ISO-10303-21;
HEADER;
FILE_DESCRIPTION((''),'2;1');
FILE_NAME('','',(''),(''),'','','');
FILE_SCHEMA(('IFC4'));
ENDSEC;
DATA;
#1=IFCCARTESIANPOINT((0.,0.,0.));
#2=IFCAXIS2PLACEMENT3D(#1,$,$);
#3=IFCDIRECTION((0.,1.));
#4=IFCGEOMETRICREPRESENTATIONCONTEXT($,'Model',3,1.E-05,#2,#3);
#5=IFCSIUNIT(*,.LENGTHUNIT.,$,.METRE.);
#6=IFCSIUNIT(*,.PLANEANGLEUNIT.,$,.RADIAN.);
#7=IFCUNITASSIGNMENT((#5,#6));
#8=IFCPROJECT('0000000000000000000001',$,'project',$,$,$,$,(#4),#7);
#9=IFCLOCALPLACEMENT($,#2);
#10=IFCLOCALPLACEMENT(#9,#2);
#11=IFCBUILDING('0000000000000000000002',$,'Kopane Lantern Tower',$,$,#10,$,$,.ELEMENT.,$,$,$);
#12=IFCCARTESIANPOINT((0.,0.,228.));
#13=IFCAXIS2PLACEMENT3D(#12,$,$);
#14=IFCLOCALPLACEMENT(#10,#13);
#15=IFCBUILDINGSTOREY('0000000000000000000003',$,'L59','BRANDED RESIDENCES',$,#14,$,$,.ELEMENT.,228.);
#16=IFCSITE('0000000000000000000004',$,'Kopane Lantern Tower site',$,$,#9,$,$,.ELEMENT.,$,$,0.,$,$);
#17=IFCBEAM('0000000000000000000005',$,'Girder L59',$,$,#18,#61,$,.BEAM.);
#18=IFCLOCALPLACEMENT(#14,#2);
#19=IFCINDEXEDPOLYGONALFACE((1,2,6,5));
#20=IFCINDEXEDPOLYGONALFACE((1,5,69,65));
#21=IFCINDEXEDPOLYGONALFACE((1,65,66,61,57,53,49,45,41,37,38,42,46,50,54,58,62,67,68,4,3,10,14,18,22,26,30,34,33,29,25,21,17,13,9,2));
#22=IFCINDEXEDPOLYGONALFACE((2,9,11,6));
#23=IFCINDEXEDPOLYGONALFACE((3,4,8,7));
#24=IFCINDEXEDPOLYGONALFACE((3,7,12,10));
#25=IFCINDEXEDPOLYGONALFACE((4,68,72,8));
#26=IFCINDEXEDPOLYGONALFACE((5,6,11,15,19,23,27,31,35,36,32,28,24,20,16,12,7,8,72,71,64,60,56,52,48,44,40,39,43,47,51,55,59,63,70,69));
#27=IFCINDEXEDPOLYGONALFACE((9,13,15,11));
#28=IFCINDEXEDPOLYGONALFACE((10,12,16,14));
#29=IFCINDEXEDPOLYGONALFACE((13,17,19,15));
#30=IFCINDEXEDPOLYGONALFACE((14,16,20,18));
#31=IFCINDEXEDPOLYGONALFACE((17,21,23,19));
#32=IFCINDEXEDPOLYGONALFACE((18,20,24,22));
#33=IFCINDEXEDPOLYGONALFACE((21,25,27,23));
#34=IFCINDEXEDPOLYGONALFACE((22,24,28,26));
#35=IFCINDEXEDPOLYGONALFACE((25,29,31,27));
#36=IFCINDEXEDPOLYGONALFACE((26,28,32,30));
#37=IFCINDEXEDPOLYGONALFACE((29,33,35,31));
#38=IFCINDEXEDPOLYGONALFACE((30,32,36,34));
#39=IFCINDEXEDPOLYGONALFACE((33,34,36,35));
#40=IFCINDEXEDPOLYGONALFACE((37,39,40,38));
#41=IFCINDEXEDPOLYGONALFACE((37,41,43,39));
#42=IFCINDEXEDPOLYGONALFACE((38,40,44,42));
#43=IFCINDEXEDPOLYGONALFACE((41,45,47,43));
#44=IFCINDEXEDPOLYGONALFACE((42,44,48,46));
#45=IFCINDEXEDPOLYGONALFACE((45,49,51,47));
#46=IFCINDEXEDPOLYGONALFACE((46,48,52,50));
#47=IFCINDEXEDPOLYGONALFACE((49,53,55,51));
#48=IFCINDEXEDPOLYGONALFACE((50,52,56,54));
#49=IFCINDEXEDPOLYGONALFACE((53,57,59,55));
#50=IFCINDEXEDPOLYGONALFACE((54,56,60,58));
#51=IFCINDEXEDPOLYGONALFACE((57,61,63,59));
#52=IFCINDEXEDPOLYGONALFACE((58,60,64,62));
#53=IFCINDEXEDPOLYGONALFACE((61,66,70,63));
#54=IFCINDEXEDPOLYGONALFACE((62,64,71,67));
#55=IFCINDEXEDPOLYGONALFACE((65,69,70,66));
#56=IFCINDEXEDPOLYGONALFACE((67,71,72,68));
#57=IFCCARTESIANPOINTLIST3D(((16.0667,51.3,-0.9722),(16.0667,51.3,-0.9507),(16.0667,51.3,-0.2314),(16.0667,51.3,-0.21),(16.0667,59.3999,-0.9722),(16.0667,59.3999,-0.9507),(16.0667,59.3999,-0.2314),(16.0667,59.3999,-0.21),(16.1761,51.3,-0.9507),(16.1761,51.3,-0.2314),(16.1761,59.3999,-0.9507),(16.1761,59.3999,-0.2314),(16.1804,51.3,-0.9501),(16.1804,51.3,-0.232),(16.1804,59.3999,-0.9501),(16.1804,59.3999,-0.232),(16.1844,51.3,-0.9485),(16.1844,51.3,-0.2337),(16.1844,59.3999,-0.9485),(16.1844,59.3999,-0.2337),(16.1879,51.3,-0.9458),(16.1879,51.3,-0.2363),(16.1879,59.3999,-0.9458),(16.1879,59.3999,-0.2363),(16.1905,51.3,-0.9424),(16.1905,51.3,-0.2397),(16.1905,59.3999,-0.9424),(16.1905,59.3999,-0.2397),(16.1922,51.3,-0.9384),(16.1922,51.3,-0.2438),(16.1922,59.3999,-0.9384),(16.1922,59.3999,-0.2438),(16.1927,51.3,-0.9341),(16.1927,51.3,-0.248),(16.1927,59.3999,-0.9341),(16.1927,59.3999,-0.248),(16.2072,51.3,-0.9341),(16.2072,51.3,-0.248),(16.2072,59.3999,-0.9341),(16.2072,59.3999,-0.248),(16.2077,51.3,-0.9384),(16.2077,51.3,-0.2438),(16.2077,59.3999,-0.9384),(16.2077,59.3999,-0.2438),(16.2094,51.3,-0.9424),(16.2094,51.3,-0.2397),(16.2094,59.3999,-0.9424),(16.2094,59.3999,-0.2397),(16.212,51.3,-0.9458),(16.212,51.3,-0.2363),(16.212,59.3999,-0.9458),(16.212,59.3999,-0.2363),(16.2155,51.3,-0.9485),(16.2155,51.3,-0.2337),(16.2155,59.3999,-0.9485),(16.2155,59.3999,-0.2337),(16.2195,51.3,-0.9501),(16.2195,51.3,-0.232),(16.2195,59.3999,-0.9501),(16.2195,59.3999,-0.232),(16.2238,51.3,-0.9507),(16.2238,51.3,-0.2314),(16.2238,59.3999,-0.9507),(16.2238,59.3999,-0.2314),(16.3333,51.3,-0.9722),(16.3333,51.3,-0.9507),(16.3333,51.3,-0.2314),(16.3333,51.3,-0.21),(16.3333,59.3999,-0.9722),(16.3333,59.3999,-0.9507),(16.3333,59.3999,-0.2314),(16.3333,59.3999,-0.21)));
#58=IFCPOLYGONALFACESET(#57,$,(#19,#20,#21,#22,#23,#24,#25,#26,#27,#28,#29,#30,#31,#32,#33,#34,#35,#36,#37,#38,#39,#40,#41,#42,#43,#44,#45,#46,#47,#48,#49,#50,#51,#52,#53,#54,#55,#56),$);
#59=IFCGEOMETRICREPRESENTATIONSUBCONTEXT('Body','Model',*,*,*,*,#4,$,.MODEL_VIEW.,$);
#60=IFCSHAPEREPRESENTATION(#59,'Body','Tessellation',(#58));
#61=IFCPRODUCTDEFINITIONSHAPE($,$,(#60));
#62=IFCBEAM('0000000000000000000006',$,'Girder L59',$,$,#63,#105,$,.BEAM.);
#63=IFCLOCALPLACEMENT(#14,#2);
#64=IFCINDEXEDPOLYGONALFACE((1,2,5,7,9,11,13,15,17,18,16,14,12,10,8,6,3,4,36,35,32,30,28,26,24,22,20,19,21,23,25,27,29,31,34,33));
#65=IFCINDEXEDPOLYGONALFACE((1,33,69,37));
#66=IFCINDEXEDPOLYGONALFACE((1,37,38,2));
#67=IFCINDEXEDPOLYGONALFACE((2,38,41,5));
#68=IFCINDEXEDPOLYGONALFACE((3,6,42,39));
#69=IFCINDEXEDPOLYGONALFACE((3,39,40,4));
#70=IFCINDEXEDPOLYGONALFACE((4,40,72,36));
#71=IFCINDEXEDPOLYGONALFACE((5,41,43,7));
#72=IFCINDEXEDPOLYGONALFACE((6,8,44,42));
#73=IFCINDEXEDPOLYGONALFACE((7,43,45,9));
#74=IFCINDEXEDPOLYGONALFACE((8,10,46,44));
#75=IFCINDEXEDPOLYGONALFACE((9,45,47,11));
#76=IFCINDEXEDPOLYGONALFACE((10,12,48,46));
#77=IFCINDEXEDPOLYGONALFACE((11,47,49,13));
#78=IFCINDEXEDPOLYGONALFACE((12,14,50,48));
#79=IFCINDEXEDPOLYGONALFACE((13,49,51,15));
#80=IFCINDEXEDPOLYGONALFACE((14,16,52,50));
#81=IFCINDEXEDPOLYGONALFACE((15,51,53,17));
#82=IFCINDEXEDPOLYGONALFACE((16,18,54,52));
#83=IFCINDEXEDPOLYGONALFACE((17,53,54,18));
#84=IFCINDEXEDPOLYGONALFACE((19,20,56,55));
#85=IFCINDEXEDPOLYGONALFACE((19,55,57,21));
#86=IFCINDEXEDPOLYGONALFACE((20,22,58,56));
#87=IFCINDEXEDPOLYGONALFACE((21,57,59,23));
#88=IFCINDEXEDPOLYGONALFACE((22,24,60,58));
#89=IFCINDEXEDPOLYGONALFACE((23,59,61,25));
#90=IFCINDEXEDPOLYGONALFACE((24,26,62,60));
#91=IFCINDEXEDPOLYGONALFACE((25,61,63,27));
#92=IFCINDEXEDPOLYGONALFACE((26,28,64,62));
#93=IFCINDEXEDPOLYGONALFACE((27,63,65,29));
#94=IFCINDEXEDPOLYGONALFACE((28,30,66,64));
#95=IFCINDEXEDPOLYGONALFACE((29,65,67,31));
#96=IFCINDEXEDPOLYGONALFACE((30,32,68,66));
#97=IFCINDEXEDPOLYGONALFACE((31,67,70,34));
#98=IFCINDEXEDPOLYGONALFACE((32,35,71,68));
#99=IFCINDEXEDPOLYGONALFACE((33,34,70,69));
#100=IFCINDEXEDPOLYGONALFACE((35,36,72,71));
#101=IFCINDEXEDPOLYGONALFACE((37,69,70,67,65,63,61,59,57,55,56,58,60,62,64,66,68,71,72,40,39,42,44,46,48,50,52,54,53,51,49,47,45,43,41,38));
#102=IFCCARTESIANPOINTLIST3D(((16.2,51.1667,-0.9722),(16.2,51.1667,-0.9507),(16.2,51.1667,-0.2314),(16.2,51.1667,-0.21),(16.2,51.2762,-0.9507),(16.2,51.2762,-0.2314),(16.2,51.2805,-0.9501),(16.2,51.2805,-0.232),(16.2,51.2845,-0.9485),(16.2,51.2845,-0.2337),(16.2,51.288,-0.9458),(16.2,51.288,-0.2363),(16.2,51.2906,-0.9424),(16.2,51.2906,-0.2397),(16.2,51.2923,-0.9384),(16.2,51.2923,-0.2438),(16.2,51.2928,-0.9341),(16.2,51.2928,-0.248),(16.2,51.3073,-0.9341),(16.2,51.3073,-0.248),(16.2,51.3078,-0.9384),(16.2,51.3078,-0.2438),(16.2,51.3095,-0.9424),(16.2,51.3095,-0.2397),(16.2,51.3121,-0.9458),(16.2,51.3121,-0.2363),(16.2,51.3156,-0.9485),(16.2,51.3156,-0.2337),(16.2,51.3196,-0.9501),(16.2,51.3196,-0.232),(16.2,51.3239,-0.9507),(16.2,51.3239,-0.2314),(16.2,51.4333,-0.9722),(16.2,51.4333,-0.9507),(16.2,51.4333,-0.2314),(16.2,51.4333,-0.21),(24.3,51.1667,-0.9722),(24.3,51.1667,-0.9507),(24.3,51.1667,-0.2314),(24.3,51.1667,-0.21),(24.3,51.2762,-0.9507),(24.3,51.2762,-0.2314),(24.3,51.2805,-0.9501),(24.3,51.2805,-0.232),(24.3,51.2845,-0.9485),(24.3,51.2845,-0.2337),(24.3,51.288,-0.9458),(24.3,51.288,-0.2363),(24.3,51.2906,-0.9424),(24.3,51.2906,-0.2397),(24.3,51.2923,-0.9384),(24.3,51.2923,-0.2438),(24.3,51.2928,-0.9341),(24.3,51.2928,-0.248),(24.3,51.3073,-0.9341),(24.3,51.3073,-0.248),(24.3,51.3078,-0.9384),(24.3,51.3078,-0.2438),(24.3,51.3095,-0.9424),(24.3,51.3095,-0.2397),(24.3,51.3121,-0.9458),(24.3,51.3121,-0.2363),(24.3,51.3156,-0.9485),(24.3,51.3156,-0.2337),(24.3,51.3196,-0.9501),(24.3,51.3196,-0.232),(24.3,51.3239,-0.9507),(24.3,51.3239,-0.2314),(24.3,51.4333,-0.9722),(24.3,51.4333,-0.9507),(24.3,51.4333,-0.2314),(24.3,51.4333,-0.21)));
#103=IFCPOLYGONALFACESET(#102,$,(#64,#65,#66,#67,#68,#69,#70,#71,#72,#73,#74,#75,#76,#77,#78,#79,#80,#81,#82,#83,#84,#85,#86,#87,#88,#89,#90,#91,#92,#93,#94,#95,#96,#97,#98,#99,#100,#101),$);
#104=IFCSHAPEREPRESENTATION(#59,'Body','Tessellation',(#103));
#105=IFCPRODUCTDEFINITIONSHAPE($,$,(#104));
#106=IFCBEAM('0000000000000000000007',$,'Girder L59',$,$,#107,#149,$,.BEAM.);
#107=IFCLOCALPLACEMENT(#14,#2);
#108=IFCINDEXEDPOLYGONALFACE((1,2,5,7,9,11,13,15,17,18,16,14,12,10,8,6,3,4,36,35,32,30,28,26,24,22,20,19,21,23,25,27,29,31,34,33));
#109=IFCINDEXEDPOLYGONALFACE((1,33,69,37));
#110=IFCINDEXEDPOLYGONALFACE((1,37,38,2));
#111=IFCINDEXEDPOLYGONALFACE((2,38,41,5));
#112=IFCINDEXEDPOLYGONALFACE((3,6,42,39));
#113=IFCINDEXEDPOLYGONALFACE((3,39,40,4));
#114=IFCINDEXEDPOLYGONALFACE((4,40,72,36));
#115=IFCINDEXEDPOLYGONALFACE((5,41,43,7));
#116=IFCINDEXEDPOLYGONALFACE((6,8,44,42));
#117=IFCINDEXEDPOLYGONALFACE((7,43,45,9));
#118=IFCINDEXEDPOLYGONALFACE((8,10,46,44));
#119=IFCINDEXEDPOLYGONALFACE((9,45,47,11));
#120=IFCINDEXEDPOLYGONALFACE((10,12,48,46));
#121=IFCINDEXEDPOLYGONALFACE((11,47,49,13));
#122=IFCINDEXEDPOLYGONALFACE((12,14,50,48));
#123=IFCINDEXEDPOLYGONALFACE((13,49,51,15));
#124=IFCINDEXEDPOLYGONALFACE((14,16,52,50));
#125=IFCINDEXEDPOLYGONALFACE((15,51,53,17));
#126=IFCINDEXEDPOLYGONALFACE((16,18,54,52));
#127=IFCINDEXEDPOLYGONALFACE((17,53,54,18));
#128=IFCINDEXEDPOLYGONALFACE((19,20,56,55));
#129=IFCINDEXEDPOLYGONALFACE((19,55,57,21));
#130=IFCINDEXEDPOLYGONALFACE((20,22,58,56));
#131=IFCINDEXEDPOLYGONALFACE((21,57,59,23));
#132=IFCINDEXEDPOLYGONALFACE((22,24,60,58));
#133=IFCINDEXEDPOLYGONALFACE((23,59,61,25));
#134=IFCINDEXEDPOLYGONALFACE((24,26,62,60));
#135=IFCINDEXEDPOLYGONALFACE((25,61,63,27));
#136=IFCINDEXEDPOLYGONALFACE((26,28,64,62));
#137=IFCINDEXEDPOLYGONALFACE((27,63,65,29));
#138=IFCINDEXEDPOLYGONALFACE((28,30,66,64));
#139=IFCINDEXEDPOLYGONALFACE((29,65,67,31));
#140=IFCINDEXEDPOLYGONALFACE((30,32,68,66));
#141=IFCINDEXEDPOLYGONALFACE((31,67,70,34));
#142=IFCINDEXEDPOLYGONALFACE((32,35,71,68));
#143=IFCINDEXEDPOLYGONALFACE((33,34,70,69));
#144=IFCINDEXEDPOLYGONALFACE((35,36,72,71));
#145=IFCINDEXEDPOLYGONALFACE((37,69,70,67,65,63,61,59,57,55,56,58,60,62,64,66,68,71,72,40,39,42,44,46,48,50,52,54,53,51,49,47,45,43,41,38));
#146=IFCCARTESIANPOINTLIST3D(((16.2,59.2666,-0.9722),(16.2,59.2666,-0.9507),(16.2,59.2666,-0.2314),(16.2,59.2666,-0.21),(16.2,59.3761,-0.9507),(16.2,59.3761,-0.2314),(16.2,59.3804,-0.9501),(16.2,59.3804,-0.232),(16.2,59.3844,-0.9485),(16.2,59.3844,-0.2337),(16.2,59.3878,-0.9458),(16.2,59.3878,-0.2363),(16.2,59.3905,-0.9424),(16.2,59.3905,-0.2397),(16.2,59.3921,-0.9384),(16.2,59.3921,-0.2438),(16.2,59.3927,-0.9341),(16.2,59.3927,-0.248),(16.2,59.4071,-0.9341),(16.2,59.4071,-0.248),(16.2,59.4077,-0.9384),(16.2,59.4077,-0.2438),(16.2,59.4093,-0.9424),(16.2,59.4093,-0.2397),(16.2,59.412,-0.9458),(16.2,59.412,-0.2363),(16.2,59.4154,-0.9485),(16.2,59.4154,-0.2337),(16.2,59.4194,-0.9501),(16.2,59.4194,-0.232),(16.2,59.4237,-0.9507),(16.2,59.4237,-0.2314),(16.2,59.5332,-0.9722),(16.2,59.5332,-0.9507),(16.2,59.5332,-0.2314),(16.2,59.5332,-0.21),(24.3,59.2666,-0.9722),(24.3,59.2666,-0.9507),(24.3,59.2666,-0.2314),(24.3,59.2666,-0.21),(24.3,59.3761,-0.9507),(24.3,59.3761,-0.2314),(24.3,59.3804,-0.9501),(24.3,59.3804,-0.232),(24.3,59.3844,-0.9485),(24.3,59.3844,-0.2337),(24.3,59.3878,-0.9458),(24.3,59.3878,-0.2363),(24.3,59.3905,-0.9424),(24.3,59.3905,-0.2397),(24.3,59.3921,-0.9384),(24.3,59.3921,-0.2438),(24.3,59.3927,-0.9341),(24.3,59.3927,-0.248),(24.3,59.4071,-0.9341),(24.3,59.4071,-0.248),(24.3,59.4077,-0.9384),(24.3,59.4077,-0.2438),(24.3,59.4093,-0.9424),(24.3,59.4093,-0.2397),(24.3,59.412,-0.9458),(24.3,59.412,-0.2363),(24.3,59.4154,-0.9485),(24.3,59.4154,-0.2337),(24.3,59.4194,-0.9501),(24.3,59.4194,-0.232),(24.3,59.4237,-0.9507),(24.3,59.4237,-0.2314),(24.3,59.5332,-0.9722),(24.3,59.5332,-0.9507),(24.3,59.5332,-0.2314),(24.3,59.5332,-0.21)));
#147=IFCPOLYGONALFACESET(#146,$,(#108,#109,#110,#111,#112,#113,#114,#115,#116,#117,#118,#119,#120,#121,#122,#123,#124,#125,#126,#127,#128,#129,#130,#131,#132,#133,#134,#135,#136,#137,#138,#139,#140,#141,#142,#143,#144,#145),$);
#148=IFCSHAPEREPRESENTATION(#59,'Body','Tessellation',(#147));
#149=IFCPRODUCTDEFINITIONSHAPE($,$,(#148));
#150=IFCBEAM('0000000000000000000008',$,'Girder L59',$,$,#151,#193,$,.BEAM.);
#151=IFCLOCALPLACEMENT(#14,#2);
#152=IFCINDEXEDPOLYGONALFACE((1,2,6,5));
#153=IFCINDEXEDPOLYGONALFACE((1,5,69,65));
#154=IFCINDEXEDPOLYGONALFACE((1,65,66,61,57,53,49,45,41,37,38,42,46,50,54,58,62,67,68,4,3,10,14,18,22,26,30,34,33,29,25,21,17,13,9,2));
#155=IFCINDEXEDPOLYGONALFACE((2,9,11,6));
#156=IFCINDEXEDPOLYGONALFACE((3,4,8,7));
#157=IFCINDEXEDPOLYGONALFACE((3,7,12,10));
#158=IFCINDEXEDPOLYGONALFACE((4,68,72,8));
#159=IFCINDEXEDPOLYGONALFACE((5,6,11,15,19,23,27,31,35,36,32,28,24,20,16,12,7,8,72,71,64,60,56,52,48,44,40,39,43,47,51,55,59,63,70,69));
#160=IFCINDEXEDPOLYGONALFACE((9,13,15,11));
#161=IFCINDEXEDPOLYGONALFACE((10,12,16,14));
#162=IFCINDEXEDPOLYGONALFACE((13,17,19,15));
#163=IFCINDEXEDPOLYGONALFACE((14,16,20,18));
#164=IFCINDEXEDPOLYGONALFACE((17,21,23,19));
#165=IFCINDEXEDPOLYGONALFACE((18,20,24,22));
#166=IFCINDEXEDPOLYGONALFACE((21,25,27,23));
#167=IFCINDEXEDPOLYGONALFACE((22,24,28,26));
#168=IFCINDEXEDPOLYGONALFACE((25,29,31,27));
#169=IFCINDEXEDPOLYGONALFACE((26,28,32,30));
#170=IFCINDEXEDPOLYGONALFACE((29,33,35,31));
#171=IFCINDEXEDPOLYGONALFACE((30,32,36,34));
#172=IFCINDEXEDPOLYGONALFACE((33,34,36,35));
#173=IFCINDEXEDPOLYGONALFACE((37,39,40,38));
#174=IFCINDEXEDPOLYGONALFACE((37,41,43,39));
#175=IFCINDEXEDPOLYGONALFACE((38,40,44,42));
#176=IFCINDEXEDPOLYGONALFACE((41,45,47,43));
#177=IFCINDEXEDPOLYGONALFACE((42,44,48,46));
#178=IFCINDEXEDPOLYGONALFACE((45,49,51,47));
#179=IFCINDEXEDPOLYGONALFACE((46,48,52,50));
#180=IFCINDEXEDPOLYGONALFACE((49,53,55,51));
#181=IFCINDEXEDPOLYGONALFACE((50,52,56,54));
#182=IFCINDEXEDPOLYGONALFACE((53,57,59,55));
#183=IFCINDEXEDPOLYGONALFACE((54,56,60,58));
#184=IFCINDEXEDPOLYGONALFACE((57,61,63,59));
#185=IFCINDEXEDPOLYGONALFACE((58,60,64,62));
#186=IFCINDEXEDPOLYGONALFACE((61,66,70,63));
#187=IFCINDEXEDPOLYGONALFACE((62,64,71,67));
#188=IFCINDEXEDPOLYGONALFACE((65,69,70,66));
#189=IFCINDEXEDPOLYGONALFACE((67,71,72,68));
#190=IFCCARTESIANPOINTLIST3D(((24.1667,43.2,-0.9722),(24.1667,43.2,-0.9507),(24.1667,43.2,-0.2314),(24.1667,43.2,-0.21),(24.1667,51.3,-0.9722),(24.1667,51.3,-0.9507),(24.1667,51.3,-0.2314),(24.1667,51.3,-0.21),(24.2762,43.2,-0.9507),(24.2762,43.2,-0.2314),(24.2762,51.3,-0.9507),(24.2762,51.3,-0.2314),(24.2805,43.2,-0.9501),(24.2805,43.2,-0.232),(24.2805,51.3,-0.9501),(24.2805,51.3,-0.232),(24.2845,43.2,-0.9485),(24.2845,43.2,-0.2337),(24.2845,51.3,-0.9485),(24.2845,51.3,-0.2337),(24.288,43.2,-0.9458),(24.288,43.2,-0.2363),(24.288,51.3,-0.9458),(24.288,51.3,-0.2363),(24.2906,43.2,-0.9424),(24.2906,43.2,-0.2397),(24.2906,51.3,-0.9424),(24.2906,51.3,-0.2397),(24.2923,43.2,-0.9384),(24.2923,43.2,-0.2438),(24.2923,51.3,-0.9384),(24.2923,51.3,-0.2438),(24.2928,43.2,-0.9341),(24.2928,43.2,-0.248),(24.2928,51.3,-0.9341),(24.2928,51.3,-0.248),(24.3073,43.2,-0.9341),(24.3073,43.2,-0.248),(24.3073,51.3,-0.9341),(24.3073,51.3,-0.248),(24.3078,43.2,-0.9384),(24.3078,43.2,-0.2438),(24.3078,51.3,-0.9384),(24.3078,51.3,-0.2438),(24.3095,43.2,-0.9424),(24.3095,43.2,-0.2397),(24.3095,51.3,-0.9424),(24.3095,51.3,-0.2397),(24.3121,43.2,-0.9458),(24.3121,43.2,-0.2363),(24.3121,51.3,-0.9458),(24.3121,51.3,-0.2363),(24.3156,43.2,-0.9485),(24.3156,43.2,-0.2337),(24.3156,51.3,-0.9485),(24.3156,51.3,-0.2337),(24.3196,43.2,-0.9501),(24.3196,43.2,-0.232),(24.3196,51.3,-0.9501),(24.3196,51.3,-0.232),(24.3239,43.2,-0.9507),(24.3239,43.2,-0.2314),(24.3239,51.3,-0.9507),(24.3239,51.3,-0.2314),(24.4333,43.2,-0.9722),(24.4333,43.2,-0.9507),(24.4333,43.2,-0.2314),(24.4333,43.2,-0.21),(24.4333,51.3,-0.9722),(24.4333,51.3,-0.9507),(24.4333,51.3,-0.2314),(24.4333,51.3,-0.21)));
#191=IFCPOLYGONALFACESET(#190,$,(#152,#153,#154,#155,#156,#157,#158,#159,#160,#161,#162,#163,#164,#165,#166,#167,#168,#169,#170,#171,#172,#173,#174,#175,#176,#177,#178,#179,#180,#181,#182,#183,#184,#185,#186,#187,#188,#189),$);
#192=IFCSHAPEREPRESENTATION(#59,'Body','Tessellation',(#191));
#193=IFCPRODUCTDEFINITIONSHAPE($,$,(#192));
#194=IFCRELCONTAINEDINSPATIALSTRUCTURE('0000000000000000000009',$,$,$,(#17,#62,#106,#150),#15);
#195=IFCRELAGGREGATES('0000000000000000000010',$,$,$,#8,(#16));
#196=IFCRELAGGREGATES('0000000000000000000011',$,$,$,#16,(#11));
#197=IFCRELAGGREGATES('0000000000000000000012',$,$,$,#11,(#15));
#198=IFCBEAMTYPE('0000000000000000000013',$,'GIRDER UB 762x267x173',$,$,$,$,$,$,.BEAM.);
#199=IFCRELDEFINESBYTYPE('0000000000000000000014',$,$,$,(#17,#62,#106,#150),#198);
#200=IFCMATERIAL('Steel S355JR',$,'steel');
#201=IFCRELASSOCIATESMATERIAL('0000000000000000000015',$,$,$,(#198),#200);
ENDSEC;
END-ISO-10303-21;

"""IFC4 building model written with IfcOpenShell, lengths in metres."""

from ifc_helpers import new_model, si_unit, direction, frame, origin, origin_2d, place, context, subcontext, project, spatial, i_section, extrude, material, material_profile, profile_set, type_object, element, save


model = new_model("IFC4")

# Units and contexts
model_context = context("Model", 3, precision=1e-05, world=origin(), true_north=direction((0.0, 1.0)))
body_context = subcontext(model_context, "Body", "Model", "MODEL_VIEW")
ifc_project = project(units=[si_unit("LENGTHUNIT", "METRE"), si_unit("PLANEANGLEUNIT", "RADIAN")], contexts=[model_context])

# Site, building, storey
site_placement = place(None, origin())
site = spatial("IfcSite", under=ifc_project, at=site_placement, Name="Kopane Lantern Tower site", CompositionType="ELEMENT", RefElevation=0.0)
building_placement = place(site_placement, origin())
building = spatial("IfcBuilding", under=site, at=building_placement, Name="Kopane Lantern Tower", CompositionType="ELEMENT")
storey_placement = place(building_placement, frame((0.0, 0.0, 228.0)))
storey = spatial("IfcBuildingStorey", under=building, at=storey_placement, Name="L59", Description="BRANDED RESIDENCES", CompositionType="ELEMENT", Elevation=228.0)

# Beams
ifc_material_1 = material(Name="Steel S355JR", Category="steel")
ifc_material_profile_1 = material_profile(ifc_material_1, i_section(OverallWidth=0.2666, OverallDepth=0.7622, WebThickness=0.0144, FlangeThickness=0.0215, FilletRadius=0.0166, at=origin_2d()), Name="UB 762x267x173")
ifc_profile_set_1 = profile_set([ifc_material_profile_1], Name="Steel S355JR")
beam_type = type_object("IfcBeamType", Name="GIRDER UB 762x267x173", PredefinedType="BEAM", material=ifc_profile_set_1)
beam_placement = place(storey_placement, frame((16.2, 51.3, -0.5911), z_axis=(0.0, 1.0, 0.0), x_axis=(-1.0, 0.0, 0.0)))
element("IfcBeam", 1, at=beam_placement, inside=storey, type_object=beam_type, Name="Girder L59", PredefinedType="BEAM", context=body_context, shape_type="SweptSolid", body=[
    extrude(i_section(OverallWidth=0.2666, OverallDepth=0.7622, WebThickness=0.0144, FlangeThickness=0.0215, FilletRadius=0.0166, at=origin_2d()), origin(), (0.0, 0.0, 1.0), 8.0999),
])
for number, where, z_axis, x_axis, name in (
    (2, (16.2, 51.3, -0.5911), (1.0, 0.0, 0.0), (0.0, 1.0, 0.0), "Girder L59"),
    (3, (16.2, 59.3999, -0.5911), (1.0, 0.0, 0.0), (0.0, 1.0, 0.0), "Girder L59"),
    (4, (24.3, 43.2, -0.5911), (0.0, 1.0, 0.0), (-1.0, 0.0, 0.0), "Girder L59"),
):
    element("IfcBeam", number, at=place(storey_placement, frame(where, z_axis=z_axis, x_axis=x_axis)), inside=storey, type_object=beam_type, Name=name, PredefinedType="BEAM", context=body_context, shape_type="SweptSolid", body=[
        extrude(i_section(OverallWidth=0.2666, OverallDepth=0.7622, WebThickness=0.0144, FlangeThickness=0.0215, FilletRadius=0.0166, at=origin_2d()), origin(), (0.0, 0.0, 1.0), 8.1001),
    ])

save(model, "model.ifc")
